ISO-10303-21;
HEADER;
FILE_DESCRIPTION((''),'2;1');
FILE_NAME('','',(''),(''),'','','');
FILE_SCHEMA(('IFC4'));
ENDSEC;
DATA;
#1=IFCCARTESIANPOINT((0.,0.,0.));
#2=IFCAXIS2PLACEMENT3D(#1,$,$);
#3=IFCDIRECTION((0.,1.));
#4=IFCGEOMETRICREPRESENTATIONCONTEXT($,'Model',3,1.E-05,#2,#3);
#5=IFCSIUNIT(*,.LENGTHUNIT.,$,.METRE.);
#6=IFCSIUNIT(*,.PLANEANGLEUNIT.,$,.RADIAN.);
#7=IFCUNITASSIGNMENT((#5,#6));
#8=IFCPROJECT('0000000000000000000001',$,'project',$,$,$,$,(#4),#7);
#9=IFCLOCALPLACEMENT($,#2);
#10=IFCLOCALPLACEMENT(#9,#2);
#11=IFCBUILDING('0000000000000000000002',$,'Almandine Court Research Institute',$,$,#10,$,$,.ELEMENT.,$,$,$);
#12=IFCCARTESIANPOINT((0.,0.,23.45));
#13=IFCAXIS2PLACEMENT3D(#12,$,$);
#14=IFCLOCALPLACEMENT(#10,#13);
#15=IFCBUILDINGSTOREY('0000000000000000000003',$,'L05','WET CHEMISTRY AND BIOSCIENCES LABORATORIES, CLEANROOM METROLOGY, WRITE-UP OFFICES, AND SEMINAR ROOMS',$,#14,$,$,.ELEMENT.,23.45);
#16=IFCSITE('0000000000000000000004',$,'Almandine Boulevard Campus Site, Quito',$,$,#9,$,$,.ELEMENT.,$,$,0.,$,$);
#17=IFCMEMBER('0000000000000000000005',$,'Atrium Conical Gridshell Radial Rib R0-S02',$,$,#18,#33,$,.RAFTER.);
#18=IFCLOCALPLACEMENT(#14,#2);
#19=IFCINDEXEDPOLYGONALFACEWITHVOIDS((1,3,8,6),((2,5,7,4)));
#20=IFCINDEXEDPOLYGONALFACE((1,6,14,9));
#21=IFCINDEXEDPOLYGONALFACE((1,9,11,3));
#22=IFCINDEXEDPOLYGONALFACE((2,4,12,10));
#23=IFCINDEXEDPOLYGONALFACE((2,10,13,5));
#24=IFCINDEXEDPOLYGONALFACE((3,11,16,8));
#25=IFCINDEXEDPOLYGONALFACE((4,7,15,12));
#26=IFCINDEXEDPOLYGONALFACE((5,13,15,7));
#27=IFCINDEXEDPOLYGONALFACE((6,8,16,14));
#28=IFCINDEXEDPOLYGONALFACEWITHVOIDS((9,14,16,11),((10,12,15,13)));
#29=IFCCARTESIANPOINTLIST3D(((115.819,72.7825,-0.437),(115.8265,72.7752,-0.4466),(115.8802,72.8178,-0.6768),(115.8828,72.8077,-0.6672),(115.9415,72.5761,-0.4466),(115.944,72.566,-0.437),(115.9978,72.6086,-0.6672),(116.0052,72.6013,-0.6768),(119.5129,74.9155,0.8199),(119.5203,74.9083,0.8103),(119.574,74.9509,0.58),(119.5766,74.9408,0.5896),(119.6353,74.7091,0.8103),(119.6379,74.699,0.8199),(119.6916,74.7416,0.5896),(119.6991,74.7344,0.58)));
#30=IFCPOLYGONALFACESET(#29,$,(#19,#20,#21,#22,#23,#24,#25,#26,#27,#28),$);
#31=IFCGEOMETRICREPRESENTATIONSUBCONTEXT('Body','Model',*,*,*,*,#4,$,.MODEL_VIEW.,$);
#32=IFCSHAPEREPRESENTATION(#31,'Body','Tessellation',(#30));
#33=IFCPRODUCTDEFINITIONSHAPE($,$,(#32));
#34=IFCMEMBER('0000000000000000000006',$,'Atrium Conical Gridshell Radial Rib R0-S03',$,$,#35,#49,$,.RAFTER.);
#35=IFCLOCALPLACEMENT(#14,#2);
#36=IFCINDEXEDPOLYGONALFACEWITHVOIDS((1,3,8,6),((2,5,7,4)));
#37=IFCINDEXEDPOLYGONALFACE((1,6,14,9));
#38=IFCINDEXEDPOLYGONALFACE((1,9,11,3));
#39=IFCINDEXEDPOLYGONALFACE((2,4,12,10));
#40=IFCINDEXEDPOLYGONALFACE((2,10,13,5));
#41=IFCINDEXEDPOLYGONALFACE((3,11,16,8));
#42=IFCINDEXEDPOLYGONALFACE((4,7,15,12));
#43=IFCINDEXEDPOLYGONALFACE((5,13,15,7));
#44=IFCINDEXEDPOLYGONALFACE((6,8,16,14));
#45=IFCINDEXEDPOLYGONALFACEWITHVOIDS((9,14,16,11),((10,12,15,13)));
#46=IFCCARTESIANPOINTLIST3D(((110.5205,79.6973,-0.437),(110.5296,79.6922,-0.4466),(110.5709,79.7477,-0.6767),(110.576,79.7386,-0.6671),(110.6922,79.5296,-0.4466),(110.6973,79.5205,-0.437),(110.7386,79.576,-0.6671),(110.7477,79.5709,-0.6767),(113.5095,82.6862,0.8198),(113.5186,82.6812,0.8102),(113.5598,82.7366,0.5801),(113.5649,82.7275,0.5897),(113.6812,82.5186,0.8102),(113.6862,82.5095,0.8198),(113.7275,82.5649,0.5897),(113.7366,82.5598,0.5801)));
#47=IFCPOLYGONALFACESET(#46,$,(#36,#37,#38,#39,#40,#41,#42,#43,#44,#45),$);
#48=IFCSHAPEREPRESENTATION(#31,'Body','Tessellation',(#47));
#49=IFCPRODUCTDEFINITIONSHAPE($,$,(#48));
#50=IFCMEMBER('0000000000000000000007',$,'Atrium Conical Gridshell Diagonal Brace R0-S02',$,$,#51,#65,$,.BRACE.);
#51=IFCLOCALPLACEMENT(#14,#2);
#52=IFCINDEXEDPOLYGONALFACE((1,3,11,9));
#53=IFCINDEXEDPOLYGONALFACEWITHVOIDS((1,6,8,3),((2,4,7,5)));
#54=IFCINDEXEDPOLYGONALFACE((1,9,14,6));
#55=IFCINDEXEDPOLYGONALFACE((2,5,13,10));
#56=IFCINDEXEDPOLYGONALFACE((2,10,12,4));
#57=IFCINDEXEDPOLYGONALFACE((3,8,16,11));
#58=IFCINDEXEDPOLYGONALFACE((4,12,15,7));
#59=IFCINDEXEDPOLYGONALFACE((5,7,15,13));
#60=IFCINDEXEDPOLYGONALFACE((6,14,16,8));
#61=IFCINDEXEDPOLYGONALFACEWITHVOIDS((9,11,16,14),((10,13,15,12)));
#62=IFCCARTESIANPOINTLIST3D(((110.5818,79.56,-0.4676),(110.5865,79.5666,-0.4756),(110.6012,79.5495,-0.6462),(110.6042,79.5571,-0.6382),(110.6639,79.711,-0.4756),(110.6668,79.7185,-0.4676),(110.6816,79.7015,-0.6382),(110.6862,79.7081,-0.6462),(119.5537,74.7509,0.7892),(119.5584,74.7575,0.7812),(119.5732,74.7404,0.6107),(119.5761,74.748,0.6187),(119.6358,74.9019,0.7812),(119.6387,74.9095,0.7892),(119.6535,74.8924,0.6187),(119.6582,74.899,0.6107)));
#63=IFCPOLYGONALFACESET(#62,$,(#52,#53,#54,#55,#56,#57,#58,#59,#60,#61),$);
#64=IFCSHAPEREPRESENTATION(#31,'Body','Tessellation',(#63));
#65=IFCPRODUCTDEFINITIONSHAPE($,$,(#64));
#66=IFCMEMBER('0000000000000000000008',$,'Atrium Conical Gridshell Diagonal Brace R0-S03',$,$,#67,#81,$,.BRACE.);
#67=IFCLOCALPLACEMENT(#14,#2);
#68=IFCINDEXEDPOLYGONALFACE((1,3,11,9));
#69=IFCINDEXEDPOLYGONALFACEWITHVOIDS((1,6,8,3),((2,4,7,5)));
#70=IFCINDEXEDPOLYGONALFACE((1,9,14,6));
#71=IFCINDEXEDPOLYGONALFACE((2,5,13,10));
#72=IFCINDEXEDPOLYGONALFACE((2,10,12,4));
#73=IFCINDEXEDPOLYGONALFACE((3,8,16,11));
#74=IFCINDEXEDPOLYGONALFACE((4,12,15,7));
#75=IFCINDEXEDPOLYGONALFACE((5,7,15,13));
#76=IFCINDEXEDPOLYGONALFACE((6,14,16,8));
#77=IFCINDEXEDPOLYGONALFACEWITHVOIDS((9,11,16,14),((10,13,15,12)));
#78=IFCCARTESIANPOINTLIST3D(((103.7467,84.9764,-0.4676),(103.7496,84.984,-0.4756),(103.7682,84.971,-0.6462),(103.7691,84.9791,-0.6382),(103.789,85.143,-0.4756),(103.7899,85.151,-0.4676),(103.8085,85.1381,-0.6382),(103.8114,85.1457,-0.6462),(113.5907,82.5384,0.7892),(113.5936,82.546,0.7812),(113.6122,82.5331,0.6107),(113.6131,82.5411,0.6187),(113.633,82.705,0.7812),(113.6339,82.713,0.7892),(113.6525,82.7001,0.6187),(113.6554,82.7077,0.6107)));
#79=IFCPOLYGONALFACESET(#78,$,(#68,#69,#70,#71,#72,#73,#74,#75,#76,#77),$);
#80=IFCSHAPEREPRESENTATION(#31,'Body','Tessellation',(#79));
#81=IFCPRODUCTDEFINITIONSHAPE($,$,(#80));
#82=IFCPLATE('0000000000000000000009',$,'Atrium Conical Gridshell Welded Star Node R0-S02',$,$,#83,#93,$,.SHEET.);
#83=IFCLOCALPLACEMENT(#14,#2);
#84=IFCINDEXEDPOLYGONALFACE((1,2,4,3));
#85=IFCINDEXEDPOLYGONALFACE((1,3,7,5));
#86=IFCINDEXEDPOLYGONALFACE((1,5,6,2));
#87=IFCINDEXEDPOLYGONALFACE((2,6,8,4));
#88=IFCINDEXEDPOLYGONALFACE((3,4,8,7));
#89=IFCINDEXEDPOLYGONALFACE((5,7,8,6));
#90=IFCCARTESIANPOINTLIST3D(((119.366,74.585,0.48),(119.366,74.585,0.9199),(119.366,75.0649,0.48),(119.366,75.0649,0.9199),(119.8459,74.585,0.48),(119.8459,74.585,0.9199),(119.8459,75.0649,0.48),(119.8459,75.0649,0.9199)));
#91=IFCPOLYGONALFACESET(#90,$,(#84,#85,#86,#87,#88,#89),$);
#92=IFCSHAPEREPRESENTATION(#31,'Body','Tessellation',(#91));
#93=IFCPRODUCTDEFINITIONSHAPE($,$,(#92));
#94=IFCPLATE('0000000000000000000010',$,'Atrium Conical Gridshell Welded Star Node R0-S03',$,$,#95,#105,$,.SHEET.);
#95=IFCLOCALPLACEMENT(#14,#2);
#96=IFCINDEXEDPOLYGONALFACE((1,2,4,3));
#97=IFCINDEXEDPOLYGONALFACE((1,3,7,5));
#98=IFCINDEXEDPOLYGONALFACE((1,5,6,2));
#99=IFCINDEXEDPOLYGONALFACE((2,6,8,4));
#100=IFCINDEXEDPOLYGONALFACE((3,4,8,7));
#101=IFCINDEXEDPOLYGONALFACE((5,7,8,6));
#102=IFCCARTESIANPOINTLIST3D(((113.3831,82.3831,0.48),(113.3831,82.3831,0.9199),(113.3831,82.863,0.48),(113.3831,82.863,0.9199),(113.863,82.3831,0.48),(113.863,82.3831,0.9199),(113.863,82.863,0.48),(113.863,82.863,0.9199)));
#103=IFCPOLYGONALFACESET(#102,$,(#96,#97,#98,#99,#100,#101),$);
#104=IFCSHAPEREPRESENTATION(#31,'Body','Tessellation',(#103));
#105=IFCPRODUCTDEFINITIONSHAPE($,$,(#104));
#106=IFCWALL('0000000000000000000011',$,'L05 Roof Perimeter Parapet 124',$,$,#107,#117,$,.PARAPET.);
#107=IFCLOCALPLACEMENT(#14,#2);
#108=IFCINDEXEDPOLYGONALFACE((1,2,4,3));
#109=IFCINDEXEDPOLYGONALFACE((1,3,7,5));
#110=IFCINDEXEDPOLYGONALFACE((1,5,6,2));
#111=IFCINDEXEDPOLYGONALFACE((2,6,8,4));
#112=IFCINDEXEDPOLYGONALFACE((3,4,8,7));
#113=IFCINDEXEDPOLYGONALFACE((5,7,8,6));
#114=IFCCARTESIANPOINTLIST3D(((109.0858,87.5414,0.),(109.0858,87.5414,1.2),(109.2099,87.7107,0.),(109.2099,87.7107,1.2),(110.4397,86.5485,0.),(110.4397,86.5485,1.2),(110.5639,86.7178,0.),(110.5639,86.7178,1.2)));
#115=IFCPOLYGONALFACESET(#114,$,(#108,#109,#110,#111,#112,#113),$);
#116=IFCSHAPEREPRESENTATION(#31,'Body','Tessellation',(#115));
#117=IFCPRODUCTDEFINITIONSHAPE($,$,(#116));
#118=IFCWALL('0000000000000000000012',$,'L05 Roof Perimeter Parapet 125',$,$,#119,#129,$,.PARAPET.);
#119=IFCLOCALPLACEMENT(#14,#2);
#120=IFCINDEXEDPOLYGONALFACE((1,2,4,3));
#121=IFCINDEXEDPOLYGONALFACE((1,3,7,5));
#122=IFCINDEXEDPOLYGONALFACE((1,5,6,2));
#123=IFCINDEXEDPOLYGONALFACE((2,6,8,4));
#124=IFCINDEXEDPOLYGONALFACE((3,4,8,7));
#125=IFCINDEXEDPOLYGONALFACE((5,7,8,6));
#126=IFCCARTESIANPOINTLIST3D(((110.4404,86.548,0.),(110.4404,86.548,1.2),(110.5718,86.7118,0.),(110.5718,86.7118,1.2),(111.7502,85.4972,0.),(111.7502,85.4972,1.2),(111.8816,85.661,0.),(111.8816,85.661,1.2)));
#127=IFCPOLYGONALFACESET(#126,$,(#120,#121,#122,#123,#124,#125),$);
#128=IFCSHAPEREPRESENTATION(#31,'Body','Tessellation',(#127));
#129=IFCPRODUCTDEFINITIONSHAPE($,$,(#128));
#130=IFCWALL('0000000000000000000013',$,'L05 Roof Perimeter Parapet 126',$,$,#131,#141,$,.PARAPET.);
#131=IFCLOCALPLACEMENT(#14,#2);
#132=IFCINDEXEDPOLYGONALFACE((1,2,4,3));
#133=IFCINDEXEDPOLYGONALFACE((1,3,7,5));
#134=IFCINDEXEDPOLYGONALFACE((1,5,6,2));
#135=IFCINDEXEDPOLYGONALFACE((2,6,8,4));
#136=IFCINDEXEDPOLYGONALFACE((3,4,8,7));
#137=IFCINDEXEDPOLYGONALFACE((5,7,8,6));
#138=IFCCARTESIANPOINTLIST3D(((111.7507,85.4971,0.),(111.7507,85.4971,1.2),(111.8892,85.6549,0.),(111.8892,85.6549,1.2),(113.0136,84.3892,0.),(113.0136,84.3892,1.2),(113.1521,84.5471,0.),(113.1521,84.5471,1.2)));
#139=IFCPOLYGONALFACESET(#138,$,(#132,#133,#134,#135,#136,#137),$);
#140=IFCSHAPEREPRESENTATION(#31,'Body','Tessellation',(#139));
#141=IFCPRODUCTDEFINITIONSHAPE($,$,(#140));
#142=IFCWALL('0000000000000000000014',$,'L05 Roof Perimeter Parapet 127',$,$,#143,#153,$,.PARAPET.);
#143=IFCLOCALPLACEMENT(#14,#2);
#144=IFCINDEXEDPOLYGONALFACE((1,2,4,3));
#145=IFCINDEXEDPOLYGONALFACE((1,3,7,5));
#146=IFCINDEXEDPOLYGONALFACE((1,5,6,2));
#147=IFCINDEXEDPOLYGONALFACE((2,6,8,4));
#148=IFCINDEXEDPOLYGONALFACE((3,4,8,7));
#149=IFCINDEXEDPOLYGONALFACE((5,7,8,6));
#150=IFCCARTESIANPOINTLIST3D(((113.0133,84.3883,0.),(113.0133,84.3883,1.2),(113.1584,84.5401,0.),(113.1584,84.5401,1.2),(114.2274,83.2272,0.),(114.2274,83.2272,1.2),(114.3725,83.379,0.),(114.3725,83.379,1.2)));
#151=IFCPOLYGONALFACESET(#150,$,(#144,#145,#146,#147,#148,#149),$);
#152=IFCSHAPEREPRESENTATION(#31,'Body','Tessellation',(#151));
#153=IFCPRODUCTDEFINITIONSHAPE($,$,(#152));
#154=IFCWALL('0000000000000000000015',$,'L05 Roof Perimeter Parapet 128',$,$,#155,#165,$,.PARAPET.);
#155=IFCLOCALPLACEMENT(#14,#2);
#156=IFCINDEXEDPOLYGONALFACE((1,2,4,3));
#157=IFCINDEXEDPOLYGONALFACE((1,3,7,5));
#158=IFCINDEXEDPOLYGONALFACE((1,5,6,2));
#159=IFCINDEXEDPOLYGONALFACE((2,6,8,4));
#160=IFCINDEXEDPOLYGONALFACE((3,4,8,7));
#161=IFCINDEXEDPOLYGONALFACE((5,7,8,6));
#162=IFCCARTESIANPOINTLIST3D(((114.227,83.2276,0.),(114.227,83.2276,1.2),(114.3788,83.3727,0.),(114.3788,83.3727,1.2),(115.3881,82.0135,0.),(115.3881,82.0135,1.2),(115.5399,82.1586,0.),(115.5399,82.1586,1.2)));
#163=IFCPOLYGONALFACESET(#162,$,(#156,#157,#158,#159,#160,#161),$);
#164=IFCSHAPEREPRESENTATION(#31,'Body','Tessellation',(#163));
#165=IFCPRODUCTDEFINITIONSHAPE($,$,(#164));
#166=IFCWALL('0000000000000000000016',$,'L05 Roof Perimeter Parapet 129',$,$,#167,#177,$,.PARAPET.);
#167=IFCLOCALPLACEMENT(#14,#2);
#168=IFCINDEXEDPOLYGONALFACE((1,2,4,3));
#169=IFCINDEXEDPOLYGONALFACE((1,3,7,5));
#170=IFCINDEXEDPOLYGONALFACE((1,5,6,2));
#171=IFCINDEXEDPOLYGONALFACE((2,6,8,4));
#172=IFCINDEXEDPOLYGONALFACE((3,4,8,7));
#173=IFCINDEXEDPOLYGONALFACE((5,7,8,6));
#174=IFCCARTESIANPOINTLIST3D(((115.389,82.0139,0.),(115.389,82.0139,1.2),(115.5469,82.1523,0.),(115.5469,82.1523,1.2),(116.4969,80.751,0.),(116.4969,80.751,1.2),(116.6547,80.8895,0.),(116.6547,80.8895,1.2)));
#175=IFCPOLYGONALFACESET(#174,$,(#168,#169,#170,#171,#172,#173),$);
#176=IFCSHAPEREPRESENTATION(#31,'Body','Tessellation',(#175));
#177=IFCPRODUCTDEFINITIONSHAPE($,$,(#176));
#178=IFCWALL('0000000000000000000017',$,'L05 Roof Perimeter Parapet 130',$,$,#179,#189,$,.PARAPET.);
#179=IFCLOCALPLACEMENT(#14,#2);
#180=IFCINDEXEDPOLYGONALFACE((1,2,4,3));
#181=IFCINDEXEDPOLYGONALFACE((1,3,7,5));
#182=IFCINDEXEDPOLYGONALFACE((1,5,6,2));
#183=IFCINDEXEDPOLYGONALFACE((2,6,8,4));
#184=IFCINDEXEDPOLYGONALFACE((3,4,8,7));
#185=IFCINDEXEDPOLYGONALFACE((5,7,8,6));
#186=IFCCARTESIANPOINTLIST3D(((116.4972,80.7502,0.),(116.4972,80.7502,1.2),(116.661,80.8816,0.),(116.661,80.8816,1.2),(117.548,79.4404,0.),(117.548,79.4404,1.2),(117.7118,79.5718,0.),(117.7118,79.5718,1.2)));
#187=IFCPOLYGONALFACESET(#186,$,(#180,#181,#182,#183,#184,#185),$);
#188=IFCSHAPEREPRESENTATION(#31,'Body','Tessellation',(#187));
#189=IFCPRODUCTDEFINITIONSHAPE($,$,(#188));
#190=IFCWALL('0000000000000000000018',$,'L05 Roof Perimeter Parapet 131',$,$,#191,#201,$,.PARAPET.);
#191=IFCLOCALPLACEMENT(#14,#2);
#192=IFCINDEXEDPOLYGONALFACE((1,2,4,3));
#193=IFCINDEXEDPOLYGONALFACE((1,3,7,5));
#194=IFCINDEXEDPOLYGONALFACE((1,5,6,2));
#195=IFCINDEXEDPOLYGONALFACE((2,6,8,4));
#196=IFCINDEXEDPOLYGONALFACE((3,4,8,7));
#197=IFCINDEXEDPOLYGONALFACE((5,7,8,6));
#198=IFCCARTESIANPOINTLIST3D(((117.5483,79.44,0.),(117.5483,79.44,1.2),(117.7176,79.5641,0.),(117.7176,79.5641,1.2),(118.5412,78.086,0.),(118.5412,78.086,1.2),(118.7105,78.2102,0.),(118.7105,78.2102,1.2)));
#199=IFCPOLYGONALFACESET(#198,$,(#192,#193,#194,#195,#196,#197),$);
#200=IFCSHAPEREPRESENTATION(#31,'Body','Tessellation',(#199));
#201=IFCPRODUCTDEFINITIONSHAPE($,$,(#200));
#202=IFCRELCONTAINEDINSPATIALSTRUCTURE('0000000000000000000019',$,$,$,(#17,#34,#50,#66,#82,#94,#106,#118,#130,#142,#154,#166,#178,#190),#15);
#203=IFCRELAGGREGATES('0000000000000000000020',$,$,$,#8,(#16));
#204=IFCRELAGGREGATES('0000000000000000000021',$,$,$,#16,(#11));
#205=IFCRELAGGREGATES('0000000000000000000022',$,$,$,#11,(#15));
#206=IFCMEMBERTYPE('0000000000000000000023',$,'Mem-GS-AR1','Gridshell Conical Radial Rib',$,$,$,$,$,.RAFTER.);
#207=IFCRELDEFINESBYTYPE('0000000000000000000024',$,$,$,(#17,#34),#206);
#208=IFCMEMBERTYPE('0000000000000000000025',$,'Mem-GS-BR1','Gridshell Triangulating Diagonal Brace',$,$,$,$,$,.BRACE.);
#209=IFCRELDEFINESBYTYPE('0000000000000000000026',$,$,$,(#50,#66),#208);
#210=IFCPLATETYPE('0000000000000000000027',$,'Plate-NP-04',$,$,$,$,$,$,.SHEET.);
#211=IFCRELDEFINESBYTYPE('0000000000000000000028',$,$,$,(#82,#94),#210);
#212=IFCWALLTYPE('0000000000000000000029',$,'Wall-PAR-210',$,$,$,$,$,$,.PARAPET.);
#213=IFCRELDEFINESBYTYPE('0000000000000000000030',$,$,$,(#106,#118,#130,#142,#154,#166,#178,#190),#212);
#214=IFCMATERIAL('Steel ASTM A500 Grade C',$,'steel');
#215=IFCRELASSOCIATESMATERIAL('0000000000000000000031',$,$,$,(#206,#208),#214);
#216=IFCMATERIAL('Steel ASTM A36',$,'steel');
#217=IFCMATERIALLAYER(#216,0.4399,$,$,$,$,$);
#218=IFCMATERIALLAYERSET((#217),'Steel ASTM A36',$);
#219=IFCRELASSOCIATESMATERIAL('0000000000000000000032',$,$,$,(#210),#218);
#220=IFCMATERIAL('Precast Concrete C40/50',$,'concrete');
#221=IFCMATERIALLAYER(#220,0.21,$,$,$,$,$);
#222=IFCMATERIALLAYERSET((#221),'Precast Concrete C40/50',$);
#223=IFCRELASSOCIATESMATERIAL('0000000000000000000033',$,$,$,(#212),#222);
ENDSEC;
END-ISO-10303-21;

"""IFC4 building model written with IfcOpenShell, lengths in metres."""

from ifc_helpers import new_model, si_unit, direction, frame, frame_2d, origin, origin_2d, place, context, subcontext, project, spatial, rectangle, hollow_rectangle, extrude, material, layer, layer_set, material_profile, profile_set, type_object, element, save


model = new_model("IFC4")

# Units and contexts
model_context = context("Model", 3, precision=1e-05, world=origin(), true_north=direction((0.0, 1.0)))
body_context = subcontext(model_context, "Body", "Model", "MODEL_VIEW")
ifc_project = project(units=[si_unit("LENGTHUNIT", "METRE"), si_unit("PLANEANGLEUNIT", "RADIAN")], contexts=[model_context])

# Site, building, storey
site_placement = place(None, origin())
site = spatial("IfcSite", under=ifc_project, at=site_placement, Name="Almandine Boulevard Campus Site, Quito", CompositionType="ELEMENT", RefElevation=0.0)
building_placement = place(site_placement, origin())
building = spatial("IfcBuilding", under=site, at=building_placement, Name="Almandine Court Research Institute", CompositionType="ELEMENT")
storey_placement = place(building_placement, frame((0.0, 0.0, 23.45)))
storey = spatial("IfcBuildingStorey", under=building, at=storey_placement, Name="L05", Description="WET CHEMISTRY AND BIOSCIENCES LABORATORIES, CLEANROOM METROLOGY, WRITE-UP OFFICES, AND SEMINAR ROOMS", CompositionType="ELEMENT", Elevation=23.45)

# Members
ifc_material_1 = material(Name="Steel ASTM A500 Grade C", Category="steel")
ifc_material_profile_1 = material_profile(ifc_material_1, hollow_rectangle(XDim=0.25, YDim=0.25, WallThickness=0.01, at=origin_2d()), Name="HSS 250x250x10")
ifc_profile_set_1 = profile_set([ifc_material_profile_1], Name="Steel ASTM A500 Grade C")
member_type_1 = type_object("IfcMemberType", Name="Mem-GS-AR1", Description="Gridshell Conical Radial Rib", PredefinedType="RAFTER", material=ifc_profile_set_1)
member_1_placement = place(storey_placement, frame((119.606, 74.825, 0.7), z_axis=(-0.830674, -0.479683, -0.282638), x_axis=(0.500073, -0.865984, 0.0)))
element("IfcMember", 1, at=member_1_placement, inside=storey, type_object=member_type_1, Name="Atrium Conical Gridshell Radial Rib R0-S02", PredefinedType="RAFTER", context=body_context, shape_type="SweptSolid", body=[
    extrude(hollow_rectangle(XDim=0.25, YDim=0.25, WallThickness=0.01, at=origin_2d()), origin(), (0.0, 0.0, 1.0), 4.4468),
])
member_2_placement = place(storey_placement, frame((113.623, 82.623, 0.7), z_axis=(-0.677782, -0.677782, -0.284997), x_axis=(0.707107, -0.707107, 0.0)))
element("IfcMember", 2, at=member_2_placement, inside=storey, type_object=member_type_1, Name="Atrium Conical Gridshell Radial Rib R0-S03", PredefinedType="RAFTER", context=body_context, shape_type="SweptSolid", body=[
    extrude(hollow_rectangle(XDim=0.25, YDim=0.25, WallThickness=0.01, at=origin_2d()), origin(), (0.0, 0.0, 1.0), 4.4099),
])
ifc_material_profile_2 = material_profile(ifc_material_1, hollow_rectangle(XDim=0.1799, YDim=0.1799, WallThickness=0.0081, at=origin_2d()), Name="HSS 180x180x8")
ifc_profile_set_2 = profile_set([ifc_material_profile_2], Name="Steel ASTM A500 Grade C")
member_type_2 = type_object("IfcMemberType", Name="Mem-GS-BR1", Description="Gridshell Triangulating Diagonal Brace", PredefinedType="BRACE", material=ifc_profile_set_2)
member_3_placement = place(storey_placement, frame((119.606, 74.825, 0.7), z_axis=(-0.874728, 0.468867, -0.122537), x_axis=(-0.472427, -0.88137, 0.0)))
element("IfcMember", 3, at=member_3_placement, inside=storey, type_object=member_type_2, Name="Atrium Conical Gridshell Diagonal Brace R0-S02", PredefinedType="BRACE", context=body_context, shape_type="SweptSolid", body=[
    extrude(hollow_rectangle(XDim=0.1799, YDim=0.1799, WallThickness=0.0081, at=origin_2d()), origin(), (0.0, 0.0, 1.0), 10.2568),
])
member_4_placement = place(storey_placement, frame((113.623, 82.623, 0.7), z_axis=(-0.963305, 0.238574, -0.12299), x_axis=(-0.2404, -0.970674, 0.0)))
element("IfcMember", 4, at=member_4_placement, inside=storey, type_object=member_type_2, Name="Atrium Conical Gridshell Diagonal Brace R0-S03", PredefinedType="BRACE", context=body_context, shape_type="SweptSolid", body=[
    extrude(hollow_rectangle(XDim=0.1799, YDim=0.1799, WallThickness=0.0081, at=origin_2d()), origin(), (0.0, 0.0, 1.0), 10.219),
])

# Plates
ifc_material_2 = material(Name="Steel ASTM A36", Category="steel")
ifc_layer_1 = layer(ifc_material_2, 0.4399)
ifc_layer_set_1 = layer_set([ifc_layer_1], Name="Steel ASTM A36")
plate_type = type_object("IfcPlateType", Name="Plate-NP-04", PredefinedType="SHEET", material=ifc_layer_set_1)
for number, where, z_axis, x_axis, name in (
    (5, (119.606, 74.825, 0.48), (0.0, 0.0, 1.0), (1.0, 0.0, 0.0), "Atrium Conical Gridshell Welded Star Node R0-S02"),
    (6, (113.623, 82.623, 0.48), (0.0, 0.0, 1.0), (1.0, 0.0, 0.0), "Atrium Conical Gridshell Welded Star Node R0-S03"),
):
    element("IfcPlate", number, at=place(storey_placement, frame(where, z_axis=z_axis, x_axis=x_axis)), inside=storey, type_object=plate_type, Name=name, PredefinedType="SHEET", context=body_context, shape_type="SweptSolid", body=[
        extrude(rectangle(XDim=0.48, YDim=0.48, at=origin_2d()), origin(), (0.0, 0.0, 1.0), 0.4399),
    ])

# Walls
ifc_material_3 = material(Name="Precast Concrete C40/50", Category="concrete")
ifc_layer_2 = layer(ifc_material_3, 0.21)
ifc_layer_set_2 = layer_set([ifc_layer_2], Name="Precast Concrete C40/50")
wall_type = type_object("IfcWallType", Name="Wall-PAR-210", PredefinedType="PARAPET", material=ifc_layer_set_2)
wall_1_placement = place(storey_placement, frame((109.1479, 87.626, 0.0), z_axis=(0.0, 0.0, 1.0), x_axis=(0.80641, -0.591357, 0.0)))
element("IfcWall", 7, at=wall_1_placement, inside=storey, type_object=wall_type, Name="L05 Roof Perimeter Parapet 124", PredefinedType="PARAPET", context=body_context, shape_type="SweptSolid", body=[
    extrude(rectangle(XDim=1.679, YDim=0.21, at=frame_2d((0.8394, 0.0))), origin(), (0.0, 0.0, 1.0), 1.2),
])
wall_2_placement = place(storey_placement, frame((110.5061, 86.6299, 0.0), z_axis=(0.0, 0.0, 1.0), x_axis=(0.780017, -0.625758, 0.0)))
element("IfcWall", 8, at=wall_2_placement, inside=storey, type_object=wall_type, Name="L05 Roof Perimeter Parapet 125", PredefinedType="PARAPET", context=body_context, shape_type="SweptSolid", body=[
    extrude(rectangle(XDim=1.6792, YDim=0.21, at=frame_2d((0.8396, 0.0))), origin(), (0.0, 0.0, 1.0), 1.2),
])
for number, where, z_axis, x_axis, name in (
    (9, (111.8201, 85.5759, 0.0), (0.0, 0.0, 1.0), (0.751739, -0.659461, 0.0), "L05 Roof Perimeter Parapet 126"),
    (10, (113.0859, 84.4641, 0.0), (0.0, 0.0, 1.0), (0.722699, -0.691163, 0.0), "L05 Roof Perimeter Parapet 127"),
    (11, (114.303, 83.3, 0.0), (0.0, 0.0, 1.0), (0.691163, -0.722699, 0.0), "L05 Roof Perimeter Parapet 128"),
    (12, (115.468, 82.083, 0.0), (0.0, 0.0, 1.0), (0.659461, -0.751739, 0.0), "L05 Roof Perimeter Parapet 129"),
):
    element("IfcWall", number, at=place(storey_placement, frame(where, z_axis=z_axis, x_axis=x_axis)), inside=storey, type_object=wall_type, Name=name, PredefinedType="PARAPET", context=body_context, shape_type="SweptSolid", body=[
        extrude(rectangle(XDim=1.6799, YDim=0.21, at=frame_2d((0.8398, 0.0))), origin(), (0.0, 0.0, 1.0), 1.2),
    ])
wall_3_placement = place(storey_placement, frame((116.5791, 80.8159, 0.0), z_axis=(0.0, 0.0, 1.0), x_axis=(0.625758, -0.780017, 0.0)))
element("IfcWall", 13, at=wall_3_placement, inside=storey, type_object=wall_type, Name="L05 Roof Perimeter Parapet 130", PredefinedType="PARAPET", context=body_context, shape_type="SweptSolid", body=[
    extrude(rectangle(XDim=1.6792, YDim=0.21, at=frame_2d((0.8396, 0.0))), origin(), (0.0, 0.0, 1.0), 1.2),
])
wall_4_placement = place(storey_placement, frame((117.6331, 79.502, 0.0), z_axis=(0.0, 0.0, 1.0), x_axis=(0.591357, -0.80641, 0.0)))
element("IfcWall", 14, at=wall_4_placement, inside=storey, type_object=wall_type, Name="L05 Roof Perimeter Parapet 131", PredefinedType="PARAPET", context=body_context, shape_type="SweptSolid", body=[
    extrude(rectangle(XDim=1.679, YDim=0.21, at=frame_2d((0.8394, 0.0))), origin(), (0.0, 0.0, 1.0), 1.2),
])

save(model, "model.ifc")
